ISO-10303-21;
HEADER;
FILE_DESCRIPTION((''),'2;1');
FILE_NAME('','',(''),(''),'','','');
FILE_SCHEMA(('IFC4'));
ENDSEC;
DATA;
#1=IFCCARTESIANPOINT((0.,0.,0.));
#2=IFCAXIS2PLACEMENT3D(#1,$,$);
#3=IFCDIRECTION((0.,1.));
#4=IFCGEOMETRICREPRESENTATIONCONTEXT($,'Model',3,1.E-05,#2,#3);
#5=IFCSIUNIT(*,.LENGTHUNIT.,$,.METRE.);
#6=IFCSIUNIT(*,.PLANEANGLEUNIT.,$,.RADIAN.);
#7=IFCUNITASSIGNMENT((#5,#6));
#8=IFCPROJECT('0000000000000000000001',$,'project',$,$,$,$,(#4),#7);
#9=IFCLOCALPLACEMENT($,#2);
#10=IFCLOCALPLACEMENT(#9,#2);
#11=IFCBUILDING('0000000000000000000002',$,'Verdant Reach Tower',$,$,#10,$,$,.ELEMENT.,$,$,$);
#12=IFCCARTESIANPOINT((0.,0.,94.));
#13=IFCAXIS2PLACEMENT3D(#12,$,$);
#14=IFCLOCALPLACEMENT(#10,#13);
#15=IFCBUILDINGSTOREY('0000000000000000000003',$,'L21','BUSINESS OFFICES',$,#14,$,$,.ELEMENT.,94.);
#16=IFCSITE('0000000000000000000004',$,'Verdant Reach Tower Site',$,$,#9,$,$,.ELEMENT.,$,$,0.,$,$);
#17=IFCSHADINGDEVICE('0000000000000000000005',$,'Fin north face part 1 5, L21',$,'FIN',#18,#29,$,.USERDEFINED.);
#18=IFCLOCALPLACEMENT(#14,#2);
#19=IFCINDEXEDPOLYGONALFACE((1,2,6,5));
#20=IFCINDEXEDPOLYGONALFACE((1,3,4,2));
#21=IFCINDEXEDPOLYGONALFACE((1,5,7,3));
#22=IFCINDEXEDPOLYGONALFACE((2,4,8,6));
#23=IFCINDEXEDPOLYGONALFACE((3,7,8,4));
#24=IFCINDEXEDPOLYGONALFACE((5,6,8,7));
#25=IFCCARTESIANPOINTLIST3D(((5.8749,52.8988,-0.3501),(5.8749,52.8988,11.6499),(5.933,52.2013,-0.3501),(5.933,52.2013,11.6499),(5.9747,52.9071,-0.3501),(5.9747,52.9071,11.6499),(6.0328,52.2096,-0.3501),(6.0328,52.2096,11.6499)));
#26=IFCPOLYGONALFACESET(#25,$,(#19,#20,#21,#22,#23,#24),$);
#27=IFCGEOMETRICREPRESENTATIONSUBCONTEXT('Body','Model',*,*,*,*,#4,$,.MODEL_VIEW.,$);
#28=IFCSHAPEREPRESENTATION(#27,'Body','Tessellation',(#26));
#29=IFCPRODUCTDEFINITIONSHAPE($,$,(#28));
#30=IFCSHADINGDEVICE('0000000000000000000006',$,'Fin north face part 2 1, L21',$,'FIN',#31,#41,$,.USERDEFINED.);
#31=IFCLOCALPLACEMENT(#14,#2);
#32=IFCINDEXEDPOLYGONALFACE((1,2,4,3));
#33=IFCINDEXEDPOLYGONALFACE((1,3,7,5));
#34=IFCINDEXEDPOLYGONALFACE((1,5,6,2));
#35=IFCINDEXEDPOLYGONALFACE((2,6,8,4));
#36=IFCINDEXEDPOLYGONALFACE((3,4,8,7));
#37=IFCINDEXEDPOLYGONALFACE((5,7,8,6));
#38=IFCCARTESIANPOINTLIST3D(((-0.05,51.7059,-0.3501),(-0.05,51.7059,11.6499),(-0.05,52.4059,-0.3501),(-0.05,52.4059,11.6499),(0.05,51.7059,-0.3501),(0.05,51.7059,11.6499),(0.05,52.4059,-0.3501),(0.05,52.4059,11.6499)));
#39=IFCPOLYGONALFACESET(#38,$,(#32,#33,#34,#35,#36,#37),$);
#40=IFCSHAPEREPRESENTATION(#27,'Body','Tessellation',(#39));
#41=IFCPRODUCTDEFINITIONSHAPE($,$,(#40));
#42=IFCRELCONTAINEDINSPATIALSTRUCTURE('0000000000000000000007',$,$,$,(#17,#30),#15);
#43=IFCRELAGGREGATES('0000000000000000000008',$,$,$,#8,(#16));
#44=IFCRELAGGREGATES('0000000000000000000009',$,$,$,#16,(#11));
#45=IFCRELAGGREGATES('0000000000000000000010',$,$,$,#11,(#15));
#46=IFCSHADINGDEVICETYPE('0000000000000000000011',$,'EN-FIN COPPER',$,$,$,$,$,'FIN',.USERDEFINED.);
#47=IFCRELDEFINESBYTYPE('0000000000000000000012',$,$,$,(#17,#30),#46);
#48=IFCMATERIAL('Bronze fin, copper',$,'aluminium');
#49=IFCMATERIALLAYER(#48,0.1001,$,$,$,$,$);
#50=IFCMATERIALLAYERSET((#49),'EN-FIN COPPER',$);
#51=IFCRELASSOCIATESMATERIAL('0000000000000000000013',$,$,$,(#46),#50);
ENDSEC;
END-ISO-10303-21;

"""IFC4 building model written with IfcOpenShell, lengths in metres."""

from ifc_helpers import new_model, si_unit, direction, frame, origin, origin_2d, place, context, subcontext, project, spatial, rectangle, extrude, material, layer, layer_set, type_object, element, save


model = new_model("IFC4")

# Units and contexts
model_context = context("Model", 3, precision=1e-05, world=origin(), true_north=direction((0.0, 1.0)))
body_context = subcontext(model_context, "Body", "Model", "MODEL_VIEW")
ifc_project = project(units=[si_unit("LENGTHUNIT", "METRE"), si_unit("PLANEANGLEUNIT", "RADIAN")], contexts=[model_context])

# Site, building, storey
site_placement = place(None, origin())
site = spatial("IfcSite", under=ifc_project, at=site_placement, Name="Verdant Reach Tower Site", CompositionType="ELEMENT", RefElevation=0.0)
building_placement = place(site_placement, origin())
building = spatial("IfcBuilding", under=site, at=building_placement, Name="Verdant Reach Tower", CompositionType="ELEMENT")
storey_placement = place(building_placement, frame((0.0, 0.0, 94.0)))
storey = spatial("IfcBuildingStorey", under=building, at=storey_placement, Name="L21", Description="BUSINESS OFFICES", CompositionType="ELEMENT", Elevation=94.0)

# Shading devices
ifc_material_1 = material(Name="Bronze fin, copper", Category="aluminium")
ifc_layer_1 = layer(ifc_material_1, 0.1001)
ifc_layer_set_1 = layer_set([ifc_layer_1], Name="EN-FIN COPPER")
shading_device_type_1 = type_object("IfcShadingDeviceType", Name="EN-FIN COPPER", ElementType="FIN", PredefinedType="USERDEFINED", material=ifc_layer_set_1)
for number, where, z_axis, x_axis, name in (
    (1, (5.9539, 52.5542, -0.3501), (0.0, 0.0, 1.0), (-0.996546, -0.083045, 0.0), "Fin north face part 1 5, L21"),
    (2, (0.0, 52.0559, -0.3501), (0.0, 0.0, 1.0), (-1.0, 0.0, 0.0), "Fin north face part 2 1, L21"),
):
    element("IfcShadingDevice", number, at=place(storey_placement, frame(where, z_axis=z_axis, x_axis=x_axis)), inside=storey, type_object=shading_device_type_1, Name=name, ObjectType="FIN", PredefinedType="USERDEFINED", context=body_context, shape_type="SweptSolid", body=[
        extrude(rectangle(XDim=0.1001, YDim=0.7, at=origin_2d()), origin(), (0.0, 0.0, 1.0), 12.0),
    ])

save(model, "model.ifc")
